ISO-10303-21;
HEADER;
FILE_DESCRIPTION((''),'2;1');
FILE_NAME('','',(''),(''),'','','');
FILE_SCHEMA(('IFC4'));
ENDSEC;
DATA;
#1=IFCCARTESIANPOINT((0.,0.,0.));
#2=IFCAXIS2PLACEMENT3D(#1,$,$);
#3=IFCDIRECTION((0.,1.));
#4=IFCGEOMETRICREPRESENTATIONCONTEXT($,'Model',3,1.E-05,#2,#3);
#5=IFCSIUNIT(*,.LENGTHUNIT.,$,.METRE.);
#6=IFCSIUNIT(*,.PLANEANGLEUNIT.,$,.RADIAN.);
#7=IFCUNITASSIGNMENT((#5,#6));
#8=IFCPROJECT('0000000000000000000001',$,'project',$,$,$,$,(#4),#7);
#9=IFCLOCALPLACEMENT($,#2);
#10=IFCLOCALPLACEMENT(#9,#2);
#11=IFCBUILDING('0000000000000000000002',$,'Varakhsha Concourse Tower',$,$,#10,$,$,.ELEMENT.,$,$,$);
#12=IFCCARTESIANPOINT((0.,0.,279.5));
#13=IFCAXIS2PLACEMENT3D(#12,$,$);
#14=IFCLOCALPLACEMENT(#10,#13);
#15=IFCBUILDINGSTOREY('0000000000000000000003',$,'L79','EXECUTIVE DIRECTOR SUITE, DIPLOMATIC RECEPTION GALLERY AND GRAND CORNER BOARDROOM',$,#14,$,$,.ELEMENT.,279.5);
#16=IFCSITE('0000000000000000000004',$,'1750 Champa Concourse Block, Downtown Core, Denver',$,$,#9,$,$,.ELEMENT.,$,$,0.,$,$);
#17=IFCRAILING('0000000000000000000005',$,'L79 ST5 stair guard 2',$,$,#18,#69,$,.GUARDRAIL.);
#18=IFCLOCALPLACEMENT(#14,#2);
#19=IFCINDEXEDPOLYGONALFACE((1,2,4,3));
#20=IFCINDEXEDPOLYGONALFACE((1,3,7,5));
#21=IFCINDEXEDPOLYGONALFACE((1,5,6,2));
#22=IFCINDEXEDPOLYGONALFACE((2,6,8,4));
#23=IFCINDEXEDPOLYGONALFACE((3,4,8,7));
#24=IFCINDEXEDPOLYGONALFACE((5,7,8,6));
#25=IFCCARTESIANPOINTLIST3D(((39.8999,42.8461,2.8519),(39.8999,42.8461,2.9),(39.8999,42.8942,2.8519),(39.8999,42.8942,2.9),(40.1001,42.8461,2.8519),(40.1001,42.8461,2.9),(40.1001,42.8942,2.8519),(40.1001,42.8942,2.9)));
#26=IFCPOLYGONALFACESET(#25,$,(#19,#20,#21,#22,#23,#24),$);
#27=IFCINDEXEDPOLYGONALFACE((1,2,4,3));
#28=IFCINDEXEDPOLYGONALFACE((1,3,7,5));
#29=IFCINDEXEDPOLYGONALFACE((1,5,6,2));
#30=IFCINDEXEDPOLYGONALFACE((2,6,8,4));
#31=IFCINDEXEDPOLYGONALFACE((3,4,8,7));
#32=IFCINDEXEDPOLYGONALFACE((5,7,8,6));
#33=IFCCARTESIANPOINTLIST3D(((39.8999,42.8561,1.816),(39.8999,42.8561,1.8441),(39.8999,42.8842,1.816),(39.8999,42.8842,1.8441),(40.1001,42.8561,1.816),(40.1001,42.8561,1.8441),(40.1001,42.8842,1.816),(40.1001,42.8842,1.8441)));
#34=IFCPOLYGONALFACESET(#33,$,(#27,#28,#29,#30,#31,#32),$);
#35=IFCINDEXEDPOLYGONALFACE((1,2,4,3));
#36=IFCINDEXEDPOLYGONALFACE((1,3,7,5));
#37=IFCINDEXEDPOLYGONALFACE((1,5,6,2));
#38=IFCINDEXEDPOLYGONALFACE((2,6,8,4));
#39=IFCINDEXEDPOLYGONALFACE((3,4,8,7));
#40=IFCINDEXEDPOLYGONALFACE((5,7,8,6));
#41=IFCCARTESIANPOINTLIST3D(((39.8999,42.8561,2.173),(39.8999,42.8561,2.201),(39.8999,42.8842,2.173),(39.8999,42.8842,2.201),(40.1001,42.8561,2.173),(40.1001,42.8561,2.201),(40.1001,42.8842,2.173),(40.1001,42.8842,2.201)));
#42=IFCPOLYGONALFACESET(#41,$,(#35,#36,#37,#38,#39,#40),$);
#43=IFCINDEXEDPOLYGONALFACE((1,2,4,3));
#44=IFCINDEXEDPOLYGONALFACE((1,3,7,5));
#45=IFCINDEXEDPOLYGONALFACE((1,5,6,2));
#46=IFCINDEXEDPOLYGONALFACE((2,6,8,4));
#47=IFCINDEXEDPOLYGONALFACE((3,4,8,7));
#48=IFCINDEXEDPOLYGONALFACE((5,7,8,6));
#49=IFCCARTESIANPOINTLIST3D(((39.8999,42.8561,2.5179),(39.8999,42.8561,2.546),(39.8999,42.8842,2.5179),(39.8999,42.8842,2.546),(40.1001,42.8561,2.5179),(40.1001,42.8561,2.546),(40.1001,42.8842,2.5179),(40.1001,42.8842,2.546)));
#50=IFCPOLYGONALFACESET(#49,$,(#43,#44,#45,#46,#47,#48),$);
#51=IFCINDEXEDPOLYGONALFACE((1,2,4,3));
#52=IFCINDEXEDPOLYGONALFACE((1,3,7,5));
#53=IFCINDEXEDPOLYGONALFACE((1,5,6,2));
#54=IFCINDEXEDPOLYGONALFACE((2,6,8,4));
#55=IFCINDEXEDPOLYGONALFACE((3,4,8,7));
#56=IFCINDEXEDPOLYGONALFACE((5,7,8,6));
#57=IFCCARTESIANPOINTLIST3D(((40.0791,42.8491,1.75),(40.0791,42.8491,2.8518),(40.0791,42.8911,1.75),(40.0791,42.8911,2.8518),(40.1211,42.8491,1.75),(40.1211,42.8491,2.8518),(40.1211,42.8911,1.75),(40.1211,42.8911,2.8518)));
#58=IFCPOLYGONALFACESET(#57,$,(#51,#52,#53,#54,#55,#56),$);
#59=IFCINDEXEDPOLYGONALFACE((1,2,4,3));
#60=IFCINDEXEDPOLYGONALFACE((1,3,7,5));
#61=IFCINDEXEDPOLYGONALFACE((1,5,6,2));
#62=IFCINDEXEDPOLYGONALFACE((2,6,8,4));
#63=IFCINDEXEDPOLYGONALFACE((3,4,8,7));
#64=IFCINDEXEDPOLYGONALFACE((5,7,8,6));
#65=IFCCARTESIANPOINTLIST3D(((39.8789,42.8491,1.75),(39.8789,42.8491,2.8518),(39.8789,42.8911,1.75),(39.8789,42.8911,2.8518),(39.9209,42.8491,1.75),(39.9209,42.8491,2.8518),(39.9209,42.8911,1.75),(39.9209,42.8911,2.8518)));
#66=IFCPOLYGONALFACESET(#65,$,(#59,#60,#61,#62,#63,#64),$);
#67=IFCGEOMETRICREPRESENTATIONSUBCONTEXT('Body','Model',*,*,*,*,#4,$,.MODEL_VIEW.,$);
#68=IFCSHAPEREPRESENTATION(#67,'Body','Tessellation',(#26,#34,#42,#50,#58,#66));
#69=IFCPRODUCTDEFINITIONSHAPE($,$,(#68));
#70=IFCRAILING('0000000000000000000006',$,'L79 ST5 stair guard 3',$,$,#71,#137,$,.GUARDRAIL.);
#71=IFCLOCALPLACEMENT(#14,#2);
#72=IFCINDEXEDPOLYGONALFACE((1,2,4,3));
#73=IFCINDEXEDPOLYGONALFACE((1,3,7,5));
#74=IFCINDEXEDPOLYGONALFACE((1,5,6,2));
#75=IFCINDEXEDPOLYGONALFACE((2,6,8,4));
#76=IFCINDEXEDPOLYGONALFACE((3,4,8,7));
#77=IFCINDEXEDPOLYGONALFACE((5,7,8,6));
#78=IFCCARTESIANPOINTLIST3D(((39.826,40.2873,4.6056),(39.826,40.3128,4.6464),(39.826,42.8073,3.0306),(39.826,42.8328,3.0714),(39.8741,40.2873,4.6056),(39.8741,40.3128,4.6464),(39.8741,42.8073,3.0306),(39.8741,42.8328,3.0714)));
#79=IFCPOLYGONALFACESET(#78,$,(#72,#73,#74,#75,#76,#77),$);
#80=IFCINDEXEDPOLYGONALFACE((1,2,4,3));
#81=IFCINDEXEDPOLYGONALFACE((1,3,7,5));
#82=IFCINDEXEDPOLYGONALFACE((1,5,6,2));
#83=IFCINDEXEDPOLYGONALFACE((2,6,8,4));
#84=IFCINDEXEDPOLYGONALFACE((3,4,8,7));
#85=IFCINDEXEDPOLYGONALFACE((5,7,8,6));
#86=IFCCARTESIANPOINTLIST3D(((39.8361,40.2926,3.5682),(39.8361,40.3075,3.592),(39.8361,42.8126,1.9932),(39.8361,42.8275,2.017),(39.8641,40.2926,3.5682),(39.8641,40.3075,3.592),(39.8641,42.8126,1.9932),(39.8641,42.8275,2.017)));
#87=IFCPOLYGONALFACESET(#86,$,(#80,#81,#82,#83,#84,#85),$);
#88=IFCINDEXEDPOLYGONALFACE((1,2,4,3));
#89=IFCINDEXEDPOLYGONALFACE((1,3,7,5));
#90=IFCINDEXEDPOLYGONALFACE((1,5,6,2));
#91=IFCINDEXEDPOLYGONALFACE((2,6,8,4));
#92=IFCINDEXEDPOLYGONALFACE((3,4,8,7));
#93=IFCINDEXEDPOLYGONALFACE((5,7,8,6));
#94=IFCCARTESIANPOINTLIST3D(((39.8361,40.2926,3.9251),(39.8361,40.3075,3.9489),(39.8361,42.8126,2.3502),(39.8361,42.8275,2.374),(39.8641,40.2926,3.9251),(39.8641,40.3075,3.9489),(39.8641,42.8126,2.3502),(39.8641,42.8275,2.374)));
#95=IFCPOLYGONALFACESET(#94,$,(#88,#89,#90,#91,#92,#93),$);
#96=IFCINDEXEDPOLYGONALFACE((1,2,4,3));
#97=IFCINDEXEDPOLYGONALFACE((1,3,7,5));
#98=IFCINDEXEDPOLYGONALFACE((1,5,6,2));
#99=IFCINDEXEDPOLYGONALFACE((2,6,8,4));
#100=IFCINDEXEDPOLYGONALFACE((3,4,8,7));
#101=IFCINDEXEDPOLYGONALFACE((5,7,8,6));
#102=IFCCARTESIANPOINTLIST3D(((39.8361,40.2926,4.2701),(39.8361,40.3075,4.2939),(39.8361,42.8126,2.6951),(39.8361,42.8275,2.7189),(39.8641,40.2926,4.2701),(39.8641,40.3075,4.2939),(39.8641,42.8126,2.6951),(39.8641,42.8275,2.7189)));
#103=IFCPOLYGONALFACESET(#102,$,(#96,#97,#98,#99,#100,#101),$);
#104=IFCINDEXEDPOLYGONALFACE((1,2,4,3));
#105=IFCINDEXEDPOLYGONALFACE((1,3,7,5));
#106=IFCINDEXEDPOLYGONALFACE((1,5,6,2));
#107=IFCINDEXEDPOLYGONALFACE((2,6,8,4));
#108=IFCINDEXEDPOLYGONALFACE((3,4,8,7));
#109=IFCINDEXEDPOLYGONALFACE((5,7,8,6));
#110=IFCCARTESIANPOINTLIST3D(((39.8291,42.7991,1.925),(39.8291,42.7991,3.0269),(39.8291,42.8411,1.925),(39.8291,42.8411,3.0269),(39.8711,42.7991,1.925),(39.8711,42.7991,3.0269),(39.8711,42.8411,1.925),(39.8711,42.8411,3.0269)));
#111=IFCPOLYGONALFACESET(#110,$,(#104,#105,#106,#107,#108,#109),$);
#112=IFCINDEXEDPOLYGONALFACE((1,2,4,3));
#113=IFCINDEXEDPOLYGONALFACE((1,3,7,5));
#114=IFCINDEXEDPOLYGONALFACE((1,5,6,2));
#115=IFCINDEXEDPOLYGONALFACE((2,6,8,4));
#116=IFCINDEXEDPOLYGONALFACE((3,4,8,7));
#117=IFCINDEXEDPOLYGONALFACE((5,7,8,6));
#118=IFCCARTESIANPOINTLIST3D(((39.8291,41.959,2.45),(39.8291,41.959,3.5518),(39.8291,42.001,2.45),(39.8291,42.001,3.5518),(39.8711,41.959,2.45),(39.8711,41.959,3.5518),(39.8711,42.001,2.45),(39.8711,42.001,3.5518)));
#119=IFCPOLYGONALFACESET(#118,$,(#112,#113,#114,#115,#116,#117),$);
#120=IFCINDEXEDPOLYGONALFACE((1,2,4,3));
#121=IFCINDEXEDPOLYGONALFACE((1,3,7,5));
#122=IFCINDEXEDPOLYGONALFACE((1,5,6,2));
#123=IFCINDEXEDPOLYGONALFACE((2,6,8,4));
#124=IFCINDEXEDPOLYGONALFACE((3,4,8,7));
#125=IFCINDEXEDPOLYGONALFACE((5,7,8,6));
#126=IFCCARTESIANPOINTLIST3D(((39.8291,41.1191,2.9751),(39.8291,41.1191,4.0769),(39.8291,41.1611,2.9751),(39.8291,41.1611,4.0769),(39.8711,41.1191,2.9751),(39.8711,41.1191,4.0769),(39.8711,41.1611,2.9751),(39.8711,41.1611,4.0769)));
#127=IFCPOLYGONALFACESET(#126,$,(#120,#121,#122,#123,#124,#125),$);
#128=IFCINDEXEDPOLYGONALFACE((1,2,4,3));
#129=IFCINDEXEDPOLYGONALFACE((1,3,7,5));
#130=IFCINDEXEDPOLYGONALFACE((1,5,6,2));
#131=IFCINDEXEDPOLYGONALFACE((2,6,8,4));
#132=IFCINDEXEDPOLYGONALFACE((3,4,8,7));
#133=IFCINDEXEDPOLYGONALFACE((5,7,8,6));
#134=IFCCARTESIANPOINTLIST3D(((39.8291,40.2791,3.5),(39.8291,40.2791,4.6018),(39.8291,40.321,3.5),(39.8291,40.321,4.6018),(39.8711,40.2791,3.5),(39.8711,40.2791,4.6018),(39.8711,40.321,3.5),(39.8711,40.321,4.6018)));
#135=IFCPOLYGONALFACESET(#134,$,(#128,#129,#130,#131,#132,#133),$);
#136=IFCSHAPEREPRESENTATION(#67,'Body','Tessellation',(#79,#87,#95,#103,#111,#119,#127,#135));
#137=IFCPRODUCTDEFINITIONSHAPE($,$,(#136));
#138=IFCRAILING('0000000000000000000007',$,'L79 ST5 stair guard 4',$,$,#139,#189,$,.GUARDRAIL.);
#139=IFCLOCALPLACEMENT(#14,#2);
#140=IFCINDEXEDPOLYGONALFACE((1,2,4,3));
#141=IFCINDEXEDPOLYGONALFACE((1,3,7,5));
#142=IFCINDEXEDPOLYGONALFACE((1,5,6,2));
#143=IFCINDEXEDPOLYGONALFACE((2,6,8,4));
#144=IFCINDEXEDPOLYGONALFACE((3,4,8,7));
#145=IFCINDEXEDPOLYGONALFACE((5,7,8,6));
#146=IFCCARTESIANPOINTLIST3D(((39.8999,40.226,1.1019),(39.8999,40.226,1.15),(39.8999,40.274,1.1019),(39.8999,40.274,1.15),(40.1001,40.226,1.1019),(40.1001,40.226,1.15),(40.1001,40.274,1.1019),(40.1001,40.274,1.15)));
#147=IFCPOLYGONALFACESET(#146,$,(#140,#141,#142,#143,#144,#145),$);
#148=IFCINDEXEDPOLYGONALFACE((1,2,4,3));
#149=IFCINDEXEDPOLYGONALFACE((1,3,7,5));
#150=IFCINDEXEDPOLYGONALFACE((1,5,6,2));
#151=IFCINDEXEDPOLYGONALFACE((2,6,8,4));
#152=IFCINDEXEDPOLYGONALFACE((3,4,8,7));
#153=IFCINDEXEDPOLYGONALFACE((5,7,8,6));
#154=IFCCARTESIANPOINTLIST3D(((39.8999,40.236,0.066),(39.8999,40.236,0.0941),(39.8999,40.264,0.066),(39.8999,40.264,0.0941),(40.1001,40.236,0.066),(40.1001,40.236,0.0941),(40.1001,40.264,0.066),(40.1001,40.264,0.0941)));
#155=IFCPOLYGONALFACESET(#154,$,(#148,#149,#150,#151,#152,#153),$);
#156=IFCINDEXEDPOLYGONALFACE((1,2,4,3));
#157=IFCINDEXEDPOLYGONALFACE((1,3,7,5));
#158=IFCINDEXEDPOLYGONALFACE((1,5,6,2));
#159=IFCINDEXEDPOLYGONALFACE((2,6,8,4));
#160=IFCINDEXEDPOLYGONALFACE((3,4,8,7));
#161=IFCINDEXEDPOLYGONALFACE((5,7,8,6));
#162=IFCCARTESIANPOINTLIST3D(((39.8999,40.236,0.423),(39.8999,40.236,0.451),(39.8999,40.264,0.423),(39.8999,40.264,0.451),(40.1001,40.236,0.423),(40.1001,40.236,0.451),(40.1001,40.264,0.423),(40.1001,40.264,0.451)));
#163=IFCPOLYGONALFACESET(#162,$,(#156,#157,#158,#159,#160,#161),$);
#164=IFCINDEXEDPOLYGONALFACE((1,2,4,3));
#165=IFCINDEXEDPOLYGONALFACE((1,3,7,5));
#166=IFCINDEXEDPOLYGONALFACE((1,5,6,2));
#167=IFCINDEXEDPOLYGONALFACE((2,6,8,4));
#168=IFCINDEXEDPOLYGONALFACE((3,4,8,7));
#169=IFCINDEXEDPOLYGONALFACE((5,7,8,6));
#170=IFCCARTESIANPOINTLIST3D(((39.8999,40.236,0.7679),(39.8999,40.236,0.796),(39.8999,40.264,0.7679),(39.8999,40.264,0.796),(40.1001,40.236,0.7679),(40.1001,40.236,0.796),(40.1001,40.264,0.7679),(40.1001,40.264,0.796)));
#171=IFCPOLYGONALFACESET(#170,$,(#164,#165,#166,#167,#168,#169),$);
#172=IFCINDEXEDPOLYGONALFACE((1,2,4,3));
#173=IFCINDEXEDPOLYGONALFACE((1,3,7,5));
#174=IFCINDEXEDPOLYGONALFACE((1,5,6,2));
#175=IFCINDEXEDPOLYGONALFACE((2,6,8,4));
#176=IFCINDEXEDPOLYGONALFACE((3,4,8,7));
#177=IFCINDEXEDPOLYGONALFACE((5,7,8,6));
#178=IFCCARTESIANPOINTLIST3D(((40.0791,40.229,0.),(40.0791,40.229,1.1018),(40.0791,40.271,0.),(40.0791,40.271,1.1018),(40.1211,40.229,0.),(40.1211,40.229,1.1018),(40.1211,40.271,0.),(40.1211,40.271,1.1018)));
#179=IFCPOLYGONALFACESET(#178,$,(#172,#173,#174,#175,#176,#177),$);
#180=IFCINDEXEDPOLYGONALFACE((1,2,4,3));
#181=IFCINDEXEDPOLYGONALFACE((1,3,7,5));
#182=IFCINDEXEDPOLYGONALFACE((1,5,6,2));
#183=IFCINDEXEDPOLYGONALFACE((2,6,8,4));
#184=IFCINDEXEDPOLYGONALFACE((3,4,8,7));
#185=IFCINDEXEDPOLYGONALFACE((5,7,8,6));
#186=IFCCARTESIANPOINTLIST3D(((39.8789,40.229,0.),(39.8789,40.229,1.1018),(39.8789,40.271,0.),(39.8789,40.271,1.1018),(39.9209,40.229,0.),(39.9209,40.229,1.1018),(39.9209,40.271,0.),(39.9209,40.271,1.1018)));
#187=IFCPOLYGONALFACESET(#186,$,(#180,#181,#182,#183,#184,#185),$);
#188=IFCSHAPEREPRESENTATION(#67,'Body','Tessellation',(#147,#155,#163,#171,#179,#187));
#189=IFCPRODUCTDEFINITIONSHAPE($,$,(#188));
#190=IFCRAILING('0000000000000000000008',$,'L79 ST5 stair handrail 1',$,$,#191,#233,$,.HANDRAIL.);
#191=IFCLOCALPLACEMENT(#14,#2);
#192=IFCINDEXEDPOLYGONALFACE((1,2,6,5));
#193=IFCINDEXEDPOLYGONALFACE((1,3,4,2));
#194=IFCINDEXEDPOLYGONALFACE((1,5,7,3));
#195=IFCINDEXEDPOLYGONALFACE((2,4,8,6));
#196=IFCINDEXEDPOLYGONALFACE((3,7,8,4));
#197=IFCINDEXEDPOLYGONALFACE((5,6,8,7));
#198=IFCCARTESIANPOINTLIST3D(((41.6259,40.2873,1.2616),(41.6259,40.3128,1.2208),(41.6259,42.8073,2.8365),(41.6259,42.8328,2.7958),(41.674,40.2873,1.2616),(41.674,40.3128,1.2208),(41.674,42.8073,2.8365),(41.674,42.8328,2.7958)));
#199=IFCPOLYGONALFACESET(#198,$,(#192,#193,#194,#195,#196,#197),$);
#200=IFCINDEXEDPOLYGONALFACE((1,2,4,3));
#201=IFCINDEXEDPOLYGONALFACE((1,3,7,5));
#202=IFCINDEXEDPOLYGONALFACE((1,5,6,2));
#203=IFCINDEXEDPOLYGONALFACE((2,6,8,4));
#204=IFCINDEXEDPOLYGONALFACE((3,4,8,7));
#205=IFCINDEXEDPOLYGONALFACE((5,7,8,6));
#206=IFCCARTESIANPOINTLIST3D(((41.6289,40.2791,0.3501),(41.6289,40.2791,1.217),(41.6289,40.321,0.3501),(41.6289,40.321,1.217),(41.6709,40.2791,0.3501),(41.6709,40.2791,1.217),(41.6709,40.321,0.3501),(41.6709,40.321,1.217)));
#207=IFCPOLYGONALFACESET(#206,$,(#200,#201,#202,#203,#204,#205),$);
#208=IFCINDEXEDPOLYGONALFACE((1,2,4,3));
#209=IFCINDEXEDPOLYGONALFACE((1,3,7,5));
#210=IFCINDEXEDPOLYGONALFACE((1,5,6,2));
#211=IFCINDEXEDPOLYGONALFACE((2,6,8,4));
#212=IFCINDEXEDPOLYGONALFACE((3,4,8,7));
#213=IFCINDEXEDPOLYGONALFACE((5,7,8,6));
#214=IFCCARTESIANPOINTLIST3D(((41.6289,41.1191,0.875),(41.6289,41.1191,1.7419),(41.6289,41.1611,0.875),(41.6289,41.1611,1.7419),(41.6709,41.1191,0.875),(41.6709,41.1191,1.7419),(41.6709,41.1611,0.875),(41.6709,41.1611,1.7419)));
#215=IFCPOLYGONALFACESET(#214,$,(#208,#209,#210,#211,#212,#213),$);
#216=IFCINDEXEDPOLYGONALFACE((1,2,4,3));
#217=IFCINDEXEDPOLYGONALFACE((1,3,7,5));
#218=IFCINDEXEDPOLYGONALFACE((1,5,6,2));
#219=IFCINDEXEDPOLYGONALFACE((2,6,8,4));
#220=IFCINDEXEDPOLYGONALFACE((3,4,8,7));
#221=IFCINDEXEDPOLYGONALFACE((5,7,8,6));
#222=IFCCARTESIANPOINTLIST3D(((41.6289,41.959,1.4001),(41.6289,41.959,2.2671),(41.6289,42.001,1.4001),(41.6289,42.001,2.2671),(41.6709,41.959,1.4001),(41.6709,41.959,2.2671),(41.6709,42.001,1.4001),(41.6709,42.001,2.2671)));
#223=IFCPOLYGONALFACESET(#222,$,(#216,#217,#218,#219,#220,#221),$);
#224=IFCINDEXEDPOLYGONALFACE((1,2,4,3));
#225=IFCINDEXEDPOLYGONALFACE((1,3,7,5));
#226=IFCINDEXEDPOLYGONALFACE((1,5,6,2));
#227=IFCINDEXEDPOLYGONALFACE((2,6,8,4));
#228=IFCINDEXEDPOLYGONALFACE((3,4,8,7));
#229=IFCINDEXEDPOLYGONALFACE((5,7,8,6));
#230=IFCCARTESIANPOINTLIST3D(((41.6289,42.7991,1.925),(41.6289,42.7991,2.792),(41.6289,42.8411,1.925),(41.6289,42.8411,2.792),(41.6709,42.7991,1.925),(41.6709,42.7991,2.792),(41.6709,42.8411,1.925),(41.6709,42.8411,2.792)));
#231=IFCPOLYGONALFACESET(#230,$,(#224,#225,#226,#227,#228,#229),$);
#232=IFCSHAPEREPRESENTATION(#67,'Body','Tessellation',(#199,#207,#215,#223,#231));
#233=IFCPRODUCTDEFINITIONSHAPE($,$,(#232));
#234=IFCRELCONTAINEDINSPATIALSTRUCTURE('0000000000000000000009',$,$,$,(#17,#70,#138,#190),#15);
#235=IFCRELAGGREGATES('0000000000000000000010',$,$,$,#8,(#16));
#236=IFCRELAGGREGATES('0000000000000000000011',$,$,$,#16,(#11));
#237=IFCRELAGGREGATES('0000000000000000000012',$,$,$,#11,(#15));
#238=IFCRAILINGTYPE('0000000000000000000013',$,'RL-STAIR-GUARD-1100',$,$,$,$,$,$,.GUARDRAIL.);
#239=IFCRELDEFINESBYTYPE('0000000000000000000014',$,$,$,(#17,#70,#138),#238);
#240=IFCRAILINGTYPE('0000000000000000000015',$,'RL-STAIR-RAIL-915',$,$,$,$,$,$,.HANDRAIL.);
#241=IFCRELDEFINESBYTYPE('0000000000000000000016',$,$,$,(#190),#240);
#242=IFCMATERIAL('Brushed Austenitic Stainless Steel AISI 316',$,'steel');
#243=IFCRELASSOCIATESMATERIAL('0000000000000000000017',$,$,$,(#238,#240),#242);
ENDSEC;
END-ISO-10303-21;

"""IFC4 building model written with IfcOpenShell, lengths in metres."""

from ifc_helpers import new_model, si_unit, direction, frame, origin, origin_2d, place, context, subcontext, project, spatial, rectangle, extrude, material, type_object, element, save


model = new_model("IFC4")

# Units and contexts
model_context = context("Model", 3, precision=1e-05, world=origin(), true_north=direction((0.0, 1.0)))
body_context = subcontext(model_context, "Body", "Model", "MODEL_VIEW")
ifc_project = project(units=[si_unit("LENGTHUNIT", "METRE"), si_unit("PLANEANGLEUNIT", "RADIAN")], contexts=[model_context])

# Site, building, storey
site_placement = place(None, origin())
site = spatial("IfcSite", under=ifc_project, at=site_placement, Name="1750 Champa Concourse Block, Downtown Core, Denver", CompositionType="ELEMENT", RefElevation=0.0)
building_placement = place(site_placement, origin())
building = spatial("IfcBuilding", under=site, at=building_placement, Name="Varakhsha Concourse Tower", CompositionType="ELEMENT")
storey_placement = place(building_placement, frame((0.0, 0.0, 279.5)))
storey = spatial("IfcBuildingStorey", under=building, at=storey_placement, Name="L79", Description="EXECUTIVE DIRECTOR SUITE, DIPLOMATIC RECEPTION GALLERY AND GRAND CORNER BOARDROOM", CompositionType="ELEMENT", Elevation=279.5)

# Railings
ifc_material_1 = material(Name="Brushed Austenitic Stainless Steel AISI 316", Category="steel")
railing_type_1 = type_object("IfcRailingType", Name="RL-STAIR-GUARD-1100", PredefinedType="GUARDRAIL", material=ifc_material_1)
railing_1_placement = place(storey_placement, frame((40.1001, 42.8701, 1.75)))
element("IfcRailing", 1, at=railing_1_placement, inside=storey, type_object=railing_type_1, Name="L79 ST5 stair guard 2", PredefinedType="GUARDRAIL", context=body_context, shape_type="SweptSolid", body=[
    extrude(rectangle(XDim=0.0481, YDim=0.0481, at=origin_2d()), frame((0.0, 0.0, 1.126), z_axis=(-1.0, 0.0, 0.0), x_axis=(0.0, -1.0, 0.0)), (0.0, 0.0, 1.0), 0.2002),
    extrude(rectangle(XDim=0.0281, YDim=0.0281, at=origin_2d()), frame((0.0, 0.0, 0.0801), z_axis=(-1.0, 0.0, 0.0), x_axis=(0.0, -1.0, 0.0)), (0.0, 0.0, 1.0), 0.2002),
    extrude(rectangle(XDim=0.0281, YDim=0.0281, at=origin_2d()), frame((0.0, 0.0, 0.437), z_axis=(-1.0, 0.0, 0.0), x_axis=(0.0, -1.0, 0.0)), (0.0, 0.0, 1.0), 0.2002),
    extrude(rectangle(XDim=0.0281, YDim=0.0281, at=origin_2d()), frame((0.0, 0.0, 0.782), z_axis=(-1.0, 0.0, 0.0), x_axis=(0.0, -1.0, 0.0)), (0.0, 0.0, 1.0), 0.2002),
    extrude(rectangle(XDim=0.042, YDim=0.042, at=origin_2d()), origin(), (0.0, 0.0, 1.0), 1.1018),
    extrude(rectangle(XDim=0.042, YDim=0.042, at=origin_2d()), frame((-0.2002, 0.0, 0.0)), (0.0, 0.0, 1.0), 1.1018),
])
railing_2_placement = place(storey_placement, frame((39.8501, 42.8201, 1.925)))
element("IfcRailing", 2, at=railing_2_placement, inside=storey, type_object=railing_type_1, Name="L79 ST5 stair guard 3", PredefinedType="GUARDRAIL", context=body_context, shape_type="SweptSolid", body=[
    extrude(rectangle(XDim=0.0481, YDim=0.0481, at=origin_2d()), frame((0.0, 0.0, 1.126), z_axis=(0.0, -0.848008, 0.529984), x_axis=(1.0, 0.0, 0.0)), (0.0, 0.0, 1.0), 2.9717),
    extrude(rectangle(XDim=0.0281, YDim=0.0281, at=origin_2d()), frame((0.0, 0.0, 0.0801), z_axis=(0.0, -0.848008, 0.529984), x_axis=(1.0, 0.0, 0.0)), (0.0, 0.0, 1.0), 2.9717),
    extrude(rectangle(XDim=0.0281, YDim=0.0281, at=origin_2d()), frame((0.0, 0.0, 0.437), z_axis=(0.0, -0.848008, 0.529984), x_axis=(1.0, 0.0, 0.0)), (0.0, 0.0, 1.0), 2.9717),
    extrude(rectangle(XDim=0.0281, YDim=0.0281, at=origin_2d()), frame((0.0, 0.0, 0.782), z_axis=(0.0, -0.848008, 0.529984), x_axis=(1.0, 0.0, 0.0)), (0.0, 0.0, 1.0), 2.9717),
    extrude(rectangle(XDim=0.042, YDim=0.042, at=origin_2d()), origin(), (0.0, 0.0, 1.0), 1.1018),
    extrude(rectangle(XDim=0.042, YDim=0.042, at=origin_2d()), frame((0.0, -0.8401, 0.5249)), (0.0, 0.0, 1.0), 1.1018),
    extrude(rectangle(XDim=0.042, YDim=0.042, at=origin_2d()), frame((0.0, -1.6799, 1.05)), (0.0, 0.0, 1.0), 1.1018),
    extrude(rectangle(XDim=0.042, YDim=0.042, at=origin_2d()), frame((0.0, -2.52, 1.575)), (0.0, 0.0, 1.0), 1.1018),
])
railing_3_placement = place(storey_placement, frame((40.1001, 40.25, 0.0)))
element("IfcRailing", 3, at=railing_3_placement, inside=storey, type_object=railing_type_1, Name="L79 ST5 stair guard 4", PredefinedType="GUARDRAIL", context=body_context, shape_type="SweptSolid", body=[
    extrude(rectangle(XDim=0.0481, YDim=0.0481, at=origin_2d()), frame((0.0, 0.0, 1.126), z_axis=(-1.0, 0.0, 0.0), x_axis=(0.0, -1.0, 0.0)), (0.0, 0.0, 1.0), 0.2002),
    extrude(rectangle(XDim=0.0281, YDim=0.0281, at=origin_2d()), frame((0.0, 0.0, 0.0801), z_axis=(-1.0, 0.0, 0.0), x_axis=(0.0, -1.0, 0.0)), (0.0, 0.0, 1.0), 0.2002),
    extrude(rectangle(XDim=0.0281, YDim=0.0281, at=origin_2d()), frame((0.0, 0.0, 0.437), z_axis=(-1.0, 0.0, 0.0), x_axis=(0.0, -1.0, 0.0)), (0.0, 0.0, 1.0), 0.2002),
    extrude(rectangle(XDim=0.0281, YDim=0.0281, at=origin_2d()), frame((0.0, 0.0, 0.782), z_axis=(-1.0, 0.0, 0.0), x_axis=(0.0, -1.0, 0.0)), (0.0, 0.0, 1.0), 0.2002),
    extrude(rectangle(XDim=0.042, YDim=0.042, at=origin_2d()), origin(), (0.0, 0.0, 1.0), 1.1018),
    extrude(rectangle(XDim=0.042, YDim=0.042, at=origin_2d()), frame((-0.2002, 0.0, 0.0)), (0.0, 0.0, 1.0), 1.1018),
])
railing_type_2 = type_object("IfcRailingType", Name="RL-STAIR-RAIL-915", PredefinedType="HANDRAIL", material=ifc_material_1)
railing_4_placement = place(storey_placement, frame((41.6499, 40.3, 0.3501)))
element("IfcRailing", 4, at=railing_4_placement, inside=storey, type_object=railing_type_2, Name="L79 ST5 stair handrail 1", PredefinedType="HANDRAIL", context=body_context, shape_type="SweptSolid", body=[
    extrude(rectangle(XDim=0.0481, YDim=0.0481, at=origin_2d()), frame((0.0, 0.0, 0.8911), z_axis=(0.0, 0.848008, 0.529984), x_axis=(-1.0, 0.0, 0.0)), (0.0, 0.0, 1.0), 2.9717),
    extrude(rectangle(XDim=0.042, YDim=0.042, at=origin_2d()), origin(), (0.0, 0.0, 1.0), 0.8669),
    extrude(rectangle(XDim=0.042, YDim=0.042, at=origin_2d()), frame((0.0, 0.8401, 0.5249)), (0.0, 0.0, 1.0), 0.8669),
    extrude(rectangle(XDim=0.042, YDim=0.042, at=origin_2d()), frame((0.0, 1.6799, 1.05)), (0.0, 0.0, 1.0), 0.8669),
    extrude(rectangle(XDim=0.042, YDim=0.042, at=origin_2d()), frame((0.0, 2.52, 1.575)), (0.0, 0.0, 1.0), 0.8669),
])

save(model, "model.ifc")
